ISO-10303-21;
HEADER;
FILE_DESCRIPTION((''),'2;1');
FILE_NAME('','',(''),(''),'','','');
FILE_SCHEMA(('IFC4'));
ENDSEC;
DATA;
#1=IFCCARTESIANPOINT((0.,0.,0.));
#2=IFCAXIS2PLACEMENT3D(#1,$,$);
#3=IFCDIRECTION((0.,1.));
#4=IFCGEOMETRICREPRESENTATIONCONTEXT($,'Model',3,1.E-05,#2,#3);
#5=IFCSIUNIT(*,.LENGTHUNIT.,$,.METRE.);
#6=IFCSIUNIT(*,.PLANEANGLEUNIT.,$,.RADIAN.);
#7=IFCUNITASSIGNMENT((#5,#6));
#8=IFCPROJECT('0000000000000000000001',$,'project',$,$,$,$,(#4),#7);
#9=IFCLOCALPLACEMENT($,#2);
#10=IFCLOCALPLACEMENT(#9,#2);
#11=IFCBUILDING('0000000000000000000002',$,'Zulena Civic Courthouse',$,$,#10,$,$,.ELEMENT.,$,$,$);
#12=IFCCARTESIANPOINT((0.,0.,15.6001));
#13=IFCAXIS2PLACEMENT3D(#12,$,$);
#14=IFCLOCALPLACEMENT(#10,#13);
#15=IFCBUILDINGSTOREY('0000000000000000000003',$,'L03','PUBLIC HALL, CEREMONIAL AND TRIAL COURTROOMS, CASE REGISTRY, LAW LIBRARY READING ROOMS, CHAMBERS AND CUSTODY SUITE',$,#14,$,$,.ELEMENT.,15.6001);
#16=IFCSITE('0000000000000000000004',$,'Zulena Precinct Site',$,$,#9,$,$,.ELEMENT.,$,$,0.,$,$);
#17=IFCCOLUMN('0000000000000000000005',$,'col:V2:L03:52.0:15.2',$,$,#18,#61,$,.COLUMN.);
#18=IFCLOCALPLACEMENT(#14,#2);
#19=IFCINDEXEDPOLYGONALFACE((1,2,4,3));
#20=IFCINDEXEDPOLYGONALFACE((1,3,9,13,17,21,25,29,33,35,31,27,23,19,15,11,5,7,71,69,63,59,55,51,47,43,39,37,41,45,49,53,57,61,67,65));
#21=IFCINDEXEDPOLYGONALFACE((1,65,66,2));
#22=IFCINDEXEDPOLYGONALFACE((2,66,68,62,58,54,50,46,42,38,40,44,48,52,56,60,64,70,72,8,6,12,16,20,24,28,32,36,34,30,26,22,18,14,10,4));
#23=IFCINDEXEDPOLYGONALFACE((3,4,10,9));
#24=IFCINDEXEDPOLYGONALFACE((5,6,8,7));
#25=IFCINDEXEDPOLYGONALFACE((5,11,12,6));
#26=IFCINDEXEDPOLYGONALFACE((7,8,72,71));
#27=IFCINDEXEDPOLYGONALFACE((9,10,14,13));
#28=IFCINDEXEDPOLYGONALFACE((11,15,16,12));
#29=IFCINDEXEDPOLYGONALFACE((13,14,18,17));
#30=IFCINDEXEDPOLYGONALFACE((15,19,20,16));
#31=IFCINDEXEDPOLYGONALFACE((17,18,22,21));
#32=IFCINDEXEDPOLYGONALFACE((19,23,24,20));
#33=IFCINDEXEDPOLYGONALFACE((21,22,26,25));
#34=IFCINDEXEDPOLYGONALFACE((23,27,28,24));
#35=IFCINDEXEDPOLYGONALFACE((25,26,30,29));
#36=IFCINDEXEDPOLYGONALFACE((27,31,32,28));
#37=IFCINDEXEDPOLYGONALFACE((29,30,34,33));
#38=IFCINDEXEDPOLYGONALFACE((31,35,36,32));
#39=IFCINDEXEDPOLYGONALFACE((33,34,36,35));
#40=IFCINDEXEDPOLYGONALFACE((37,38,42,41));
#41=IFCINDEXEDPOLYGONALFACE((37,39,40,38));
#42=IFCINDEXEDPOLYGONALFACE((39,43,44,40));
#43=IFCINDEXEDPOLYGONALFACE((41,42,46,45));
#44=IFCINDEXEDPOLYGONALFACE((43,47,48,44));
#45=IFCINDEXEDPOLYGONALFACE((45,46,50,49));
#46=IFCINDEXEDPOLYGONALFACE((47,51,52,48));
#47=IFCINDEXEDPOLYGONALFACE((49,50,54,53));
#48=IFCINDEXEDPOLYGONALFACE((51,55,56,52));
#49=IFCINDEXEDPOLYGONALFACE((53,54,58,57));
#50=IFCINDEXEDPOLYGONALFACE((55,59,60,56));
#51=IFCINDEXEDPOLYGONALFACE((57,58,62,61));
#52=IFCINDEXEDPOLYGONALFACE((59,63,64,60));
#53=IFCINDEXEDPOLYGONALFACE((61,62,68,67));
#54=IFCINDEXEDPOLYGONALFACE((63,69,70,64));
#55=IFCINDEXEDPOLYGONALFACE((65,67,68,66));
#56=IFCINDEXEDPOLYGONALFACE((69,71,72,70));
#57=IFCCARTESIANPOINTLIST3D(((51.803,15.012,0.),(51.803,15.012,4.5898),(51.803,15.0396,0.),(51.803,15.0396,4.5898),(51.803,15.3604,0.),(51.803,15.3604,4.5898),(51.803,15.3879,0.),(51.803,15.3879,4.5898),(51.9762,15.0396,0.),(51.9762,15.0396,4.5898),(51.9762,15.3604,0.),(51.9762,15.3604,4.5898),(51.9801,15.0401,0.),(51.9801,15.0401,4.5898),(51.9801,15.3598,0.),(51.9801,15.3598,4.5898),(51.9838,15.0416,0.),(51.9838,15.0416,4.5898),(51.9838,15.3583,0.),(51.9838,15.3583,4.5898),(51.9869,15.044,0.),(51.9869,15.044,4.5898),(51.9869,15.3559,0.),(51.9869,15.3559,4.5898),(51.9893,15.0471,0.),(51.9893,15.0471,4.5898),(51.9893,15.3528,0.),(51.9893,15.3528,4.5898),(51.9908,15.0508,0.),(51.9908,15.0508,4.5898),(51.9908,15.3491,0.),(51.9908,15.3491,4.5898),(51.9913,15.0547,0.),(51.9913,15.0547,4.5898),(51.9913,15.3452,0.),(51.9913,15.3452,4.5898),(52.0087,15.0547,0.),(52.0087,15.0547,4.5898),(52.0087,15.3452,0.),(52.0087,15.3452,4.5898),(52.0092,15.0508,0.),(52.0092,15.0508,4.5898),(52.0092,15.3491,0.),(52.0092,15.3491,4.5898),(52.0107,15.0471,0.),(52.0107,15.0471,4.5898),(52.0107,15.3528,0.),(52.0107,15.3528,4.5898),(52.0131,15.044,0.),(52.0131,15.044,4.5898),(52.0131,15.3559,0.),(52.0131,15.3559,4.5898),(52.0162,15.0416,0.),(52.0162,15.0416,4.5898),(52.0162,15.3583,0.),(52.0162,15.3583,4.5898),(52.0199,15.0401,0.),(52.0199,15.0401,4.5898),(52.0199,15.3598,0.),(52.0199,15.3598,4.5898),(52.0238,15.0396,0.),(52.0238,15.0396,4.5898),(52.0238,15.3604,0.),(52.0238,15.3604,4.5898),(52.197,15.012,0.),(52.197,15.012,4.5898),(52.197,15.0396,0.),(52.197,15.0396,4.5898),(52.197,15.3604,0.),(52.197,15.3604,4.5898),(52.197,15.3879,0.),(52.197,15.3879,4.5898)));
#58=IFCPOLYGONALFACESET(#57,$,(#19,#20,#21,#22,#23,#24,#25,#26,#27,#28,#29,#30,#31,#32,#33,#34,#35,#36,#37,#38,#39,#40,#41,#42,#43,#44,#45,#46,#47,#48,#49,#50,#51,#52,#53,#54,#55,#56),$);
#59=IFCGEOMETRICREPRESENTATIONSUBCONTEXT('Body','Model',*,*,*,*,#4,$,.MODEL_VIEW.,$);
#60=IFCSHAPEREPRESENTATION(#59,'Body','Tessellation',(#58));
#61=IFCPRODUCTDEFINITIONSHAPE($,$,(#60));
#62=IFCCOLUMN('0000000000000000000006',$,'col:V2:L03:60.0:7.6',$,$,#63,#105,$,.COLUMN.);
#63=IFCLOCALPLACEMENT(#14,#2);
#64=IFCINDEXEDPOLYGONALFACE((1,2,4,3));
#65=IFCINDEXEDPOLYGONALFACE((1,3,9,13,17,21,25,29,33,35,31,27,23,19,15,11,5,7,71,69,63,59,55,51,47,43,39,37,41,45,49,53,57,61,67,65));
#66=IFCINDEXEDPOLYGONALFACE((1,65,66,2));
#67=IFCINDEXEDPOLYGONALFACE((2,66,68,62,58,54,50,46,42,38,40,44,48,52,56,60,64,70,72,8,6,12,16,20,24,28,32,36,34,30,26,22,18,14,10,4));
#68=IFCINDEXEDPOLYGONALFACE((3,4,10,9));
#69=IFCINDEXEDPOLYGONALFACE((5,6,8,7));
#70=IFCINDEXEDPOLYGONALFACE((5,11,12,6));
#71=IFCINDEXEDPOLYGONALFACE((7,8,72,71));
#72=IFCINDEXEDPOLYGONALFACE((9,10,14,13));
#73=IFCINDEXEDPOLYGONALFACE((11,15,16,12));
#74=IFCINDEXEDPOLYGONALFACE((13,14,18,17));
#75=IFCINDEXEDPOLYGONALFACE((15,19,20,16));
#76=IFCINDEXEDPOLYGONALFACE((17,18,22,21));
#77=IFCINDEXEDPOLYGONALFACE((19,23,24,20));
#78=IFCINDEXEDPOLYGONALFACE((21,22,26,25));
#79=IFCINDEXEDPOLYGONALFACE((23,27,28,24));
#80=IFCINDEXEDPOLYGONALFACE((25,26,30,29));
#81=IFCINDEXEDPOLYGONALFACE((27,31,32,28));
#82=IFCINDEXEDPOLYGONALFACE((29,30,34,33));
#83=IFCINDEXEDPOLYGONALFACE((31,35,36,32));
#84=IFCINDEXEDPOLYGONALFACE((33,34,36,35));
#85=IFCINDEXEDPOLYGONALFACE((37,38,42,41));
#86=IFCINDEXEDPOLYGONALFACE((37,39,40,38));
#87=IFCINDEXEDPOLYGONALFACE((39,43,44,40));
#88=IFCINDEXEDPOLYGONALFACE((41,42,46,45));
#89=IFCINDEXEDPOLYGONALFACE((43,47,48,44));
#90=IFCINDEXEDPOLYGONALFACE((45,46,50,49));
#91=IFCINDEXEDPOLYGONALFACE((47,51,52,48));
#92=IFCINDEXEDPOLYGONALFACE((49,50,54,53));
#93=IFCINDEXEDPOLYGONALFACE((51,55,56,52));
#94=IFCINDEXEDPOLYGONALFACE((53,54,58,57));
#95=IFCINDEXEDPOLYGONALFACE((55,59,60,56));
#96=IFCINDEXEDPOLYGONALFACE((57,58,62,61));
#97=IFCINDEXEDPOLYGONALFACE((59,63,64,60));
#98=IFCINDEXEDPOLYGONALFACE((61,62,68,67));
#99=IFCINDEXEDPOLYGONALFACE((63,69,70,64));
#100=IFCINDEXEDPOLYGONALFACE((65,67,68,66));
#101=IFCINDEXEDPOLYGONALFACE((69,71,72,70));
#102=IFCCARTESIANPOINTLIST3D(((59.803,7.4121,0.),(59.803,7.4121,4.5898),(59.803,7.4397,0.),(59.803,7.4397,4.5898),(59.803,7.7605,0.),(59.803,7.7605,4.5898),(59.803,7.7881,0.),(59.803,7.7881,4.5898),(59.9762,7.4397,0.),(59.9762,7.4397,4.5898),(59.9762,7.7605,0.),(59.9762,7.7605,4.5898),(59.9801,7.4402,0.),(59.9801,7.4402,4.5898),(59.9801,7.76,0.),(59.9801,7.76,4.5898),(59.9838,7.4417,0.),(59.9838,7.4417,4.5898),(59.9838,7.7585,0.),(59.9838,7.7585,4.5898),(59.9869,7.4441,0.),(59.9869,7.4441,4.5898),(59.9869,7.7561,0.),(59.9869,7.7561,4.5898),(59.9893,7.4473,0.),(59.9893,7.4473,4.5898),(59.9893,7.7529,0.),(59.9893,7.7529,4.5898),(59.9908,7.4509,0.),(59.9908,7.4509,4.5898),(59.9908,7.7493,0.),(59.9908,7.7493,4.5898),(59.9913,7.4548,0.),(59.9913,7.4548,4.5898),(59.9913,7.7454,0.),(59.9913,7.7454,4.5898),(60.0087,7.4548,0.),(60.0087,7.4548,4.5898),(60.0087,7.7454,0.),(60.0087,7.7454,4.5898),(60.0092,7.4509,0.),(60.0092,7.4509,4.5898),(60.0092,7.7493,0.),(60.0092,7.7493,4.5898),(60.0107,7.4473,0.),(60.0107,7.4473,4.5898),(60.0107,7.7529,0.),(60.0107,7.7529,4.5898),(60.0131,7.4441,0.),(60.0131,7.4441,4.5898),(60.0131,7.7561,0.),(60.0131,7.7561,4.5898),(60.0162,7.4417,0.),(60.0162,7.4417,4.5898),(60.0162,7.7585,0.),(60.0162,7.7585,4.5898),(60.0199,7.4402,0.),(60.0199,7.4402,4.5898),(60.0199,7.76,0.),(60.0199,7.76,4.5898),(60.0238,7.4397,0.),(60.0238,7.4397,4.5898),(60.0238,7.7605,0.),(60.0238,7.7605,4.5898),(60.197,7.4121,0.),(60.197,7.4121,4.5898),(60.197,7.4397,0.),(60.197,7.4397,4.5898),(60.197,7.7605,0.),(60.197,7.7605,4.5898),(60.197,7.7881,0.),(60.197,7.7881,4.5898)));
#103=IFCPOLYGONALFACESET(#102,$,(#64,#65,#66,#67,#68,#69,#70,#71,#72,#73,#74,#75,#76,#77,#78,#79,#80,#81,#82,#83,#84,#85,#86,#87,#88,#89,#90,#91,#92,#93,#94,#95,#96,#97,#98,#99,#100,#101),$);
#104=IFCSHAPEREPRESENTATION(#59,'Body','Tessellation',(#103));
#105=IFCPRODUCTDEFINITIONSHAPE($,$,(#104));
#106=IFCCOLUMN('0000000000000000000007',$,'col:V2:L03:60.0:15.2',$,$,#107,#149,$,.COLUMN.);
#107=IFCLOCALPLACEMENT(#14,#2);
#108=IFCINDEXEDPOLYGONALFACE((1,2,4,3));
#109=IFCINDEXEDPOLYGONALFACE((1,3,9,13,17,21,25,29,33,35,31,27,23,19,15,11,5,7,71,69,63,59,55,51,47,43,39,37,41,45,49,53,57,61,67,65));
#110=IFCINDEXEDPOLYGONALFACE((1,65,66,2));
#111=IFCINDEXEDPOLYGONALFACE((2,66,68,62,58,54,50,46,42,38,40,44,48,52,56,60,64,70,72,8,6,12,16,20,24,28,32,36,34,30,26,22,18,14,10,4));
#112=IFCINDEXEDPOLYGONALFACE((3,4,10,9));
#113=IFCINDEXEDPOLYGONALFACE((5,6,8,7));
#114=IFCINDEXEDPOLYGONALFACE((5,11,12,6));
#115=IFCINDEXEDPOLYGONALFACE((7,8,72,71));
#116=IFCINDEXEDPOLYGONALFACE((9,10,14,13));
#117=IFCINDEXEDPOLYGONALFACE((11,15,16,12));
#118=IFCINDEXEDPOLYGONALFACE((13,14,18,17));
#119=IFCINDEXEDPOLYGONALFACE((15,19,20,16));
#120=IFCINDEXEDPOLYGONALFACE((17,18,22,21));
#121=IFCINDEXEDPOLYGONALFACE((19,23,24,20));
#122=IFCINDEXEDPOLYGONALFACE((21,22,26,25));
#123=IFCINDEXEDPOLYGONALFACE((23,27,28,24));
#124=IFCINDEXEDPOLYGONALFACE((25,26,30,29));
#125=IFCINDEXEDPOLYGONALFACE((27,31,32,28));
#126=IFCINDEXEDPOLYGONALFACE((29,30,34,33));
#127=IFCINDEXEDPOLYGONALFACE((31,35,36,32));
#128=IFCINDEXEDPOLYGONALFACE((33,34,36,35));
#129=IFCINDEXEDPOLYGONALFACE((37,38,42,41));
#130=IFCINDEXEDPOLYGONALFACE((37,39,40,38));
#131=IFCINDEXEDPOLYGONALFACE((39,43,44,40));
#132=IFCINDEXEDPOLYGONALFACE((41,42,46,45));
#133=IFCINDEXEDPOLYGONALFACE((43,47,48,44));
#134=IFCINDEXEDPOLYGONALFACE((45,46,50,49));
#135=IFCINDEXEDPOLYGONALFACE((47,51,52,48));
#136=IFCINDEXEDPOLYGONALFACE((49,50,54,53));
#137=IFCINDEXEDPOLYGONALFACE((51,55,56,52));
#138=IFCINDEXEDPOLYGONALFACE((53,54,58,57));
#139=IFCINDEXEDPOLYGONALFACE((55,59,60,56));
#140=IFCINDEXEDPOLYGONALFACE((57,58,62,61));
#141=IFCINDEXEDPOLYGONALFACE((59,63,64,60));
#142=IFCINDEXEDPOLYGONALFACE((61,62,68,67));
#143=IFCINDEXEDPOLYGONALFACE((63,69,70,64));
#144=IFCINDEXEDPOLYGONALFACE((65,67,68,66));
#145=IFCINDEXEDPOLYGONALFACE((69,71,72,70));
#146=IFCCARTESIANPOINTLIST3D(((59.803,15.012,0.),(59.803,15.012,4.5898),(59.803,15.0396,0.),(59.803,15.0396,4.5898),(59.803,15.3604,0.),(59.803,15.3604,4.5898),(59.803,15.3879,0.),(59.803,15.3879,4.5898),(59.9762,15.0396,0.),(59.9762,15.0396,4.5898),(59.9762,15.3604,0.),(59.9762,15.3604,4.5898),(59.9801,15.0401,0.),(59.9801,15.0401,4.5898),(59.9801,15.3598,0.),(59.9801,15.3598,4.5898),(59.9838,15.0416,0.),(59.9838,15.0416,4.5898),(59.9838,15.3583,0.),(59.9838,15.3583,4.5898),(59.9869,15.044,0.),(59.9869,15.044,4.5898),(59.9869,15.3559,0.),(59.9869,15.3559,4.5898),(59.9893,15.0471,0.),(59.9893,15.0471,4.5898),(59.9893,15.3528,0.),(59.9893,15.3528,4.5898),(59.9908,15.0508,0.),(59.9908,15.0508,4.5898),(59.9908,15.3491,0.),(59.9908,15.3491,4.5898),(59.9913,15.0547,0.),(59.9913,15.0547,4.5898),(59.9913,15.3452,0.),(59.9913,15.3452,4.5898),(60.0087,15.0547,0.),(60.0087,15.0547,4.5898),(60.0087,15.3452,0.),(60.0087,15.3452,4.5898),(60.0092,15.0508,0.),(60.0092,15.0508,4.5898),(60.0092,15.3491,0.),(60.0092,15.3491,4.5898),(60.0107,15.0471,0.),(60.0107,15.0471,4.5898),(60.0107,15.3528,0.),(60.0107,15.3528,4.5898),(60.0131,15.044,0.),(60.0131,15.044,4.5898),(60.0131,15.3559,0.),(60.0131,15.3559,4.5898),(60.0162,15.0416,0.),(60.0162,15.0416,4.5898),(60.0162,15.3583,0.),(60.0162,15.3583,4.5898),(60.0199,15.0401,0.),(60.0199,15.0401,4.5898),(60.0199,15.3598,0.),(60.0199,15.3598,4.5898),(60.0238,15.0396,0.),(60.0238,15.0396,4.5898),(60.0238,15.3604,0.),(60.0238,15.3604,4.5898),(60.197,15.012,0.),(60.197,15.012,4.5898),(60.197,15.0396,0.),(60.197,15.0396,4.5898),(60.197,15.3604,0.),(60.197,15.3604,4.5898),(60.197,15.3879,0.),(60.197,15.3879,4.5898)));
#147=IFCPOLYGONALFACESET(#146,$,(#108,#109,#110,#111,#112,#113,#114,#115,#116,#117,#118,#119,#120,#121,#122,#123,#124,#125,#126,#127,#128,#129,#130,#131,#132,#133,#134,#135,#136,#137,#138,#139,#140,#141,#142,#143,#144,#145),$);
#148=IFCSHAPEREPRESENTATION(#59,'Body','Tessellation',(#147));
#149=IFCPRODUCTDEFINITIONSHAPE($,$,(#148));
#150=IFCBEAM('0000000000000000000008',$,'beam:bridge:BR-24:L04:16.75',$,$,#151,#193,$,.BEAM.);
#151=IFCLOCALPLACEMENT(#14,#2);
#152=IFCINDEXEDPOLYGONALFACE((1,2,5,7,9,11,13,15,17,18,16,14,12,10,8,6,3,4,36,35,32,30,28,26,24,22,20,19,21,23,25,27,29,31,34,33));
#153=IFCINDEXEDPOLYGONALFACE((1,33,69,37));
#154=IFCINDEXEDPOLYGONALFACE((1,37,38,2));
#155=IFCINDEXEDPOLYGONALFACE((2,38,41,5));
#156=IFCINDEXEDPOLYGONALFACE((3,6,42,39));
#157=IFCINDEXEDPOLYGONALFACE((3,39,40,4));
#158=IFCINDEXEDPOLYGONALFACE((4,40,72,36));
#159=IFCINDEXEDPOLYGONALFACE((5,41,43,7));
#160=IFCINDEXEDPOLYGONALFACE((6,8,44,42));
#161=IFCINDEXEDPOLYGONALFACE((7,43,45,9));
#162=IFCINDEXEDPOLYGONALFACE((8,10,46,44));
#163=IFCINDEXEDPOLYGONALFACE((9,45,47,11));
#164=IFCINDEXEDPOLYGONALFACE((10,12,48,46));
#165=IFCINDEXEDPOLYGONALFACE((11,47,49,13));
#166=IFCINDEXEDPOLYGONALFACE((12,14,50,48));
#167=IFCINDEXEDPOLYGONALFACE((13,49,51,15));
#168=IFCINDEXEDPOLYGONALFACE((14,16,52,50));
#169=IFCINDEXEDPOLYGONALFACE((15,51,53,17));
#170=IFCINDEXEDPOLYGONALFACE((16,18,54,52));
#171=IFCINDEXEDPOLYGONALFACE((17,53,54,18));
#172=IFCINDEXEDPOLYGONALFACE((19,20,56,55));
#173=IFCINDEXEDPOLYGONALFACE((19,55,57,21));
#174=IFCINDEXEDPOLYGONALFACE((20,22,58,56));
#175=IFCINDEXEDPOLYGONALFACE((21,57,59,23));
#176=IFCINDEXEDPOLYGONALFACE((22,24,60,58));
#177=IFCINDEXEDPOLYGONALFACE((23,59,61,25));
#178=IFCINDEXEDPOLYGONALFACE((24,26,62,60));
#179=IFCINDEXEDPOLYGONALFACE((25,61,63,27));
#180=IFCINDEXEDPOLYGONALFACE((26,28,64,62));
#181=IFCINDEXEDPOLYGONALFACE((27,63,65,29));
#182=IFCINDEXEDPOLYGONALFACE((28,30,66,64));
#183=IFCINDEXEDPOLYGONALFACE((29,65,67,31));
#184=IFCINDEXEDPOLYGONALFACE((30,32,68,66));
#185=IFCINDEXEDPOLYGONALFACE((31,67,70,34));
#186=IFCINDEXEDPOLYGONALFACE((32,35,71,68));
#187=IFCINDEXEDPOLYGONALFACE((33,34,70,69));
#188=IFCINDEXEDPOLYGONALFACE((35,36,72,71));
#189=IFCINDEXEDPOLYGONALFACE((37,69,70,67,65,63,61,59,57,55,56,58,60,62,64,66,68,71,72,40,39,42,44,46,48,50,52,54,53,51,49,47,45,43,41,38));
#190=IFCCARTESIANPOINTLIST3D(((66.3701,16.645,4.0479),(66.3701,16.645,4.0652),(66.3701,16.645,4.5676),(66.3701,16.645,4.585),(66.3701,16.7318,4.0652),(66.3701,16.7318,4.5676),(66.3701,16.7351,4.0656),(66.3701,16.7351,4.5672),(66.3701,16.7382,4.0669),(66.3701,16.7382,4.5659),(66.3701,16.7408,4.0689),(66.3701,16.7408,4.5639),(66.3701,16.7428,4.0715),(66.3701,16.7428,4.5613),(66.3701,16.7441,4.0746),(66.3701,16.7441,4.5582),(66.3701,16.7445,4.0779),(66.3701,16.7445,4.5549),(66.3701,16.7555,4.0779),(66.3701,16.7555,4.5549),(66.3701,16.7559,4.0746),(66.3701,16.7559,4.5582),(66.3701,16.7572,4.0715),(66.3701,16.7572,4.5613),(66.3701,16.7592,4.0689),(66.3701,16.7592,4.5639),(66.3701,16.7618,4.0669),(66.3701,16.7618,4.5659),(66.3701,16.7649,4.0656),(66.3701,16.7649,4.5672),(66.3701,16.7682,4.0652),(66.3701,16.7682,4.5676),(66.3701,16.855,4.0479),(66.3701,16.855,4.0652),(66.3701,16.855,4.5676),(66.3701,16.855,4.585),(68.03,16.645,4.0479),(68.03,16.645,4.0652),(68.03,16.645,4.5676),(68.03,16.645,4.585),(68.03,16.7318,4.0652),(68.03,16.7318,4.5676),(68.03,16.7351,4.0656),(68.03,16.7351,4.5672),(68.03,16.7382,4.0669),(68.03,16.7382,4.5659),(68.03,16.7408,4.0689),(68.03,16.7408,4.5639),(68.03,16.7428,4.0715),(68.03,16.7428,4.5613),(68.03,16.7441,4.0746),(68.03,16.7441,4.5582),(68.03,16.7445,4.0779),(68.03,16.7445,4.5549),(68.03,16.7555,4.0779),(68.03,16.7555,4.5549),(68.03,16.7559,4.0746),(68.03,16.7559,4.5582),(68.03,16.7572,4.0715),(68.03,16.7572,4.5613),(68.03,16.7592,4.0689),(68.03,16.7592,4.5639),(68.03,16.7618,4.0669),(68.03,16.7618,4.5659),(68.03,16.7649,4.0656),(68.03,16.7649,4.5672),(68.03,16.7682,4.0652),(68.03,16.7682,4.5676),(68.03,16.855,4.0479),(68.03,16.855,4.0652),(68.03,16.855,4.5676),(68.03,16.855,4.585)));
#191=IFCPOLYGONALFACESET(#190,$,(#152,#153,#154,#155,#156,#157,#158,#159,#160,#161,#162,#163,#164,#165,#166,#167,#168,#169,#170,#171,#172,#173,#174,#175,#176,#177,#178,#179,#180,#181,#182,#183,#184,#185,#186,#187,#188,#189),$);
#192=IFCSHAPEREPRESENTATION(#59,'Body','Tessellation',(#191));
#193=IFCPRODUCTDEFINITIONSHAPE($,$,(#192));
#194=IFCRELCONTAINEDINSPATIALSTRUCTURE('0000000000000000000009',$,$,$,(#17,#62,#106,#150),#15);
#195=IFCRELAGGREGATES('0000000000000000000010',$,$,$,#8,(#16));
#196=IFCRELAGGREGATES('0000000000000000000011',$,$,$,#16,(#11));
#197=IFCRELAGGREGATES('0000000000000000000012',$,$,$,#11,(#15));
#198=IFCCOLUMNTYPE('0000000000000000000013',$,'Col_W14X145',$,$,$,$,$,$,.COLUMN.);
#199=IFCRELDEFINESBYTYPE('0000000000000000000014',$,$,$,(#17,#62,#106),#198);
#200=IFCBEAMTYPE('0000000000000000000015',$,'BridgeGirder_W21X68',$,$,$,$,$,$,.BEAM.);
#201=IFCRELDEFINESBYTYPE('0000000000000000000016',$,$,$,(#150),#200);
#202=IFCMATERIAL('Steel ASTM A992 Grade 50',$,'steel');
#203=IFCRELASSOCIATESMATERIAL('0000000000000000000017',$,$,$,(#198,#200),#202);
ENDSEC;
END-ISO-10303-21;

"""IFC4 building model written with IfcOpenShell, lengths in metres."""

from ifc_helpers import new_model, si_unit, direction, frame, origin, origin_2d, place, context, subcontext, project, spatial, i_section, extrude, material, material_profile, profile_set, type_object, element, save


model = new_model("IFC4")

# Units and contexts
model_context = context("Model", 3, precision=1e-05, world=origin(), true_north=direction((0.0, 1.0)))
body_context = subcontext(model_context, "Body", "Model", "MODEL_VIEW")
ifc_project = project(units=[si_unit("LENGTHUNIT", "METRE"), si_unit("PLANEANGLEUNIT", "RADIAN")], contexts=[model_context])

# Site, building, storey
site_placement = place(None, origin())
site = spatial("IfcSite", under=ifc_project, at=site_placement, Name="Zulena Precinct Site", CompositionType="ELEMENT", RefElevation=0.0)
building_placement = place(site_placement, origin())
building = spatial("IfcBuilding", under=site, at=building_placement, Name="Zulena Civic Courthouse", CompositionType="ELEMENT")
storey_placement = place(building_placement, frame((0.0, 0.0, 15.6001)))
storey = spatial("IfcBuildingStorey", under=building, at=storey_placement, Name="L03", Description="PUBLIC HALL, CEREMONIAL AND TRIAL COURTROOMS, CASE REGISTRY, LAW LIBRARY READING ROOMS, CHAMBERS AND CUSTODY SUITE", CompositionType="ELEMENT", Elevation=15.6001)

# Columns
ifc_material_1 = material(Name="Steel ASTM A992 Grade 50", Category="steel")
ifc_material_profile_1 = material_profile(ifc_material_1, i_section(OverallWidth=0.394, OverallDepth=0.376, WebThickness=0.0173, FlangeThickness=0.0276, FilletRadius=0.0151, at=origin_2d()), Name="W14X145")
ifc_profile_set_1 = profile_set([ifc_material_profile_1], Name="Steel ASTM A992 Grade 50")
column_type = type_object("IfcColumnType", Name="Col_W14X145", PredefinedType="COLUMN", material=ifc_profile_set_1)
for number, where, z_axis, x_axis, name in (
    (1, (52.0, 15.2, 0.0), (0.0, 0.0, 1.0), (1.0, 0.0, 0.0), "col:V2:L03:52.0:15.2"),
    (2, (60.0, 7.6001, 0.0), (0.0, 0.0, 1.0), (1.0, 0.0, 0.0), "col:V2:L03:60.0:7.6"),
    (3, (60.0, 15.2, 0.0), (0.0, 0.0, 1.0), (1.0, 0.0, 0.0), "col:V2:L03:60.0:15.2"),
):
    element("IfcColumn", number, at=place(storey_placement, frame(where, z_axis=z_axis, x_axis=x_axis)), inside=storey, type_object=column_type, Name=name, PredefinedType="COLUMN", context=body_context, shape_type="SweptSolid", body=[
        extrude(i_section(OverallWidth=0.394, OverallDepth=0.376, WebThickness=0.0173, FlangeThickness=0.0276, FilletRadius=0.0151, at=origin_2d()), origin(), (0.0, 0.0, 1.0), 4.5898),
    ])

# Beam
ifc_material_profile_2 = material_profile(ifc_material_1, i_section(OverallWidth=0.21, OverallDepth=0.5371, WebThickness=0.011, FlangeThickness=0.0173, FilletRadius=0.0127, at=origin_2d()), Name="W21X68")
ifc_profile_set_2 = profile_set([ifc_material_profile_2], Name="Steel ASTM A992 Grade 50")
beam_type_1 = type_object("IfcBeamType", Name="BridgeGirder_W21X68", PredefinedType="BEAM", material=ifc_profile_set_2)
for number, where, z_axis, x_axis, name in (
    (4, (66.3701, 16.75, 4.3164), (1.0, 0.0, 0.0), (0.0, 1.0, 0.0), "beam:bridge:BR-24:L04:16.75"),
):
    element("IfcBeam", number, at=place(storey_placement, frame(where, z_axis=z_axis, x_axis=x_axis)), inside=storey, type_object=beam_type_1, Name=name, PredefinedType="BEAM", context=body_context, shape_type="SweptSolid", body=[
        extrude(i_section(OverallWidth=0.21, OverallDepth=0.5371, WebThickness=0.011, FlangeThickness=0.0173, FilletRadius=0.0127, at=origin_2d()), origin(), (0.0, 0.0, 1.0), 1.6599),
    ])

save(model, "model.ifc")
